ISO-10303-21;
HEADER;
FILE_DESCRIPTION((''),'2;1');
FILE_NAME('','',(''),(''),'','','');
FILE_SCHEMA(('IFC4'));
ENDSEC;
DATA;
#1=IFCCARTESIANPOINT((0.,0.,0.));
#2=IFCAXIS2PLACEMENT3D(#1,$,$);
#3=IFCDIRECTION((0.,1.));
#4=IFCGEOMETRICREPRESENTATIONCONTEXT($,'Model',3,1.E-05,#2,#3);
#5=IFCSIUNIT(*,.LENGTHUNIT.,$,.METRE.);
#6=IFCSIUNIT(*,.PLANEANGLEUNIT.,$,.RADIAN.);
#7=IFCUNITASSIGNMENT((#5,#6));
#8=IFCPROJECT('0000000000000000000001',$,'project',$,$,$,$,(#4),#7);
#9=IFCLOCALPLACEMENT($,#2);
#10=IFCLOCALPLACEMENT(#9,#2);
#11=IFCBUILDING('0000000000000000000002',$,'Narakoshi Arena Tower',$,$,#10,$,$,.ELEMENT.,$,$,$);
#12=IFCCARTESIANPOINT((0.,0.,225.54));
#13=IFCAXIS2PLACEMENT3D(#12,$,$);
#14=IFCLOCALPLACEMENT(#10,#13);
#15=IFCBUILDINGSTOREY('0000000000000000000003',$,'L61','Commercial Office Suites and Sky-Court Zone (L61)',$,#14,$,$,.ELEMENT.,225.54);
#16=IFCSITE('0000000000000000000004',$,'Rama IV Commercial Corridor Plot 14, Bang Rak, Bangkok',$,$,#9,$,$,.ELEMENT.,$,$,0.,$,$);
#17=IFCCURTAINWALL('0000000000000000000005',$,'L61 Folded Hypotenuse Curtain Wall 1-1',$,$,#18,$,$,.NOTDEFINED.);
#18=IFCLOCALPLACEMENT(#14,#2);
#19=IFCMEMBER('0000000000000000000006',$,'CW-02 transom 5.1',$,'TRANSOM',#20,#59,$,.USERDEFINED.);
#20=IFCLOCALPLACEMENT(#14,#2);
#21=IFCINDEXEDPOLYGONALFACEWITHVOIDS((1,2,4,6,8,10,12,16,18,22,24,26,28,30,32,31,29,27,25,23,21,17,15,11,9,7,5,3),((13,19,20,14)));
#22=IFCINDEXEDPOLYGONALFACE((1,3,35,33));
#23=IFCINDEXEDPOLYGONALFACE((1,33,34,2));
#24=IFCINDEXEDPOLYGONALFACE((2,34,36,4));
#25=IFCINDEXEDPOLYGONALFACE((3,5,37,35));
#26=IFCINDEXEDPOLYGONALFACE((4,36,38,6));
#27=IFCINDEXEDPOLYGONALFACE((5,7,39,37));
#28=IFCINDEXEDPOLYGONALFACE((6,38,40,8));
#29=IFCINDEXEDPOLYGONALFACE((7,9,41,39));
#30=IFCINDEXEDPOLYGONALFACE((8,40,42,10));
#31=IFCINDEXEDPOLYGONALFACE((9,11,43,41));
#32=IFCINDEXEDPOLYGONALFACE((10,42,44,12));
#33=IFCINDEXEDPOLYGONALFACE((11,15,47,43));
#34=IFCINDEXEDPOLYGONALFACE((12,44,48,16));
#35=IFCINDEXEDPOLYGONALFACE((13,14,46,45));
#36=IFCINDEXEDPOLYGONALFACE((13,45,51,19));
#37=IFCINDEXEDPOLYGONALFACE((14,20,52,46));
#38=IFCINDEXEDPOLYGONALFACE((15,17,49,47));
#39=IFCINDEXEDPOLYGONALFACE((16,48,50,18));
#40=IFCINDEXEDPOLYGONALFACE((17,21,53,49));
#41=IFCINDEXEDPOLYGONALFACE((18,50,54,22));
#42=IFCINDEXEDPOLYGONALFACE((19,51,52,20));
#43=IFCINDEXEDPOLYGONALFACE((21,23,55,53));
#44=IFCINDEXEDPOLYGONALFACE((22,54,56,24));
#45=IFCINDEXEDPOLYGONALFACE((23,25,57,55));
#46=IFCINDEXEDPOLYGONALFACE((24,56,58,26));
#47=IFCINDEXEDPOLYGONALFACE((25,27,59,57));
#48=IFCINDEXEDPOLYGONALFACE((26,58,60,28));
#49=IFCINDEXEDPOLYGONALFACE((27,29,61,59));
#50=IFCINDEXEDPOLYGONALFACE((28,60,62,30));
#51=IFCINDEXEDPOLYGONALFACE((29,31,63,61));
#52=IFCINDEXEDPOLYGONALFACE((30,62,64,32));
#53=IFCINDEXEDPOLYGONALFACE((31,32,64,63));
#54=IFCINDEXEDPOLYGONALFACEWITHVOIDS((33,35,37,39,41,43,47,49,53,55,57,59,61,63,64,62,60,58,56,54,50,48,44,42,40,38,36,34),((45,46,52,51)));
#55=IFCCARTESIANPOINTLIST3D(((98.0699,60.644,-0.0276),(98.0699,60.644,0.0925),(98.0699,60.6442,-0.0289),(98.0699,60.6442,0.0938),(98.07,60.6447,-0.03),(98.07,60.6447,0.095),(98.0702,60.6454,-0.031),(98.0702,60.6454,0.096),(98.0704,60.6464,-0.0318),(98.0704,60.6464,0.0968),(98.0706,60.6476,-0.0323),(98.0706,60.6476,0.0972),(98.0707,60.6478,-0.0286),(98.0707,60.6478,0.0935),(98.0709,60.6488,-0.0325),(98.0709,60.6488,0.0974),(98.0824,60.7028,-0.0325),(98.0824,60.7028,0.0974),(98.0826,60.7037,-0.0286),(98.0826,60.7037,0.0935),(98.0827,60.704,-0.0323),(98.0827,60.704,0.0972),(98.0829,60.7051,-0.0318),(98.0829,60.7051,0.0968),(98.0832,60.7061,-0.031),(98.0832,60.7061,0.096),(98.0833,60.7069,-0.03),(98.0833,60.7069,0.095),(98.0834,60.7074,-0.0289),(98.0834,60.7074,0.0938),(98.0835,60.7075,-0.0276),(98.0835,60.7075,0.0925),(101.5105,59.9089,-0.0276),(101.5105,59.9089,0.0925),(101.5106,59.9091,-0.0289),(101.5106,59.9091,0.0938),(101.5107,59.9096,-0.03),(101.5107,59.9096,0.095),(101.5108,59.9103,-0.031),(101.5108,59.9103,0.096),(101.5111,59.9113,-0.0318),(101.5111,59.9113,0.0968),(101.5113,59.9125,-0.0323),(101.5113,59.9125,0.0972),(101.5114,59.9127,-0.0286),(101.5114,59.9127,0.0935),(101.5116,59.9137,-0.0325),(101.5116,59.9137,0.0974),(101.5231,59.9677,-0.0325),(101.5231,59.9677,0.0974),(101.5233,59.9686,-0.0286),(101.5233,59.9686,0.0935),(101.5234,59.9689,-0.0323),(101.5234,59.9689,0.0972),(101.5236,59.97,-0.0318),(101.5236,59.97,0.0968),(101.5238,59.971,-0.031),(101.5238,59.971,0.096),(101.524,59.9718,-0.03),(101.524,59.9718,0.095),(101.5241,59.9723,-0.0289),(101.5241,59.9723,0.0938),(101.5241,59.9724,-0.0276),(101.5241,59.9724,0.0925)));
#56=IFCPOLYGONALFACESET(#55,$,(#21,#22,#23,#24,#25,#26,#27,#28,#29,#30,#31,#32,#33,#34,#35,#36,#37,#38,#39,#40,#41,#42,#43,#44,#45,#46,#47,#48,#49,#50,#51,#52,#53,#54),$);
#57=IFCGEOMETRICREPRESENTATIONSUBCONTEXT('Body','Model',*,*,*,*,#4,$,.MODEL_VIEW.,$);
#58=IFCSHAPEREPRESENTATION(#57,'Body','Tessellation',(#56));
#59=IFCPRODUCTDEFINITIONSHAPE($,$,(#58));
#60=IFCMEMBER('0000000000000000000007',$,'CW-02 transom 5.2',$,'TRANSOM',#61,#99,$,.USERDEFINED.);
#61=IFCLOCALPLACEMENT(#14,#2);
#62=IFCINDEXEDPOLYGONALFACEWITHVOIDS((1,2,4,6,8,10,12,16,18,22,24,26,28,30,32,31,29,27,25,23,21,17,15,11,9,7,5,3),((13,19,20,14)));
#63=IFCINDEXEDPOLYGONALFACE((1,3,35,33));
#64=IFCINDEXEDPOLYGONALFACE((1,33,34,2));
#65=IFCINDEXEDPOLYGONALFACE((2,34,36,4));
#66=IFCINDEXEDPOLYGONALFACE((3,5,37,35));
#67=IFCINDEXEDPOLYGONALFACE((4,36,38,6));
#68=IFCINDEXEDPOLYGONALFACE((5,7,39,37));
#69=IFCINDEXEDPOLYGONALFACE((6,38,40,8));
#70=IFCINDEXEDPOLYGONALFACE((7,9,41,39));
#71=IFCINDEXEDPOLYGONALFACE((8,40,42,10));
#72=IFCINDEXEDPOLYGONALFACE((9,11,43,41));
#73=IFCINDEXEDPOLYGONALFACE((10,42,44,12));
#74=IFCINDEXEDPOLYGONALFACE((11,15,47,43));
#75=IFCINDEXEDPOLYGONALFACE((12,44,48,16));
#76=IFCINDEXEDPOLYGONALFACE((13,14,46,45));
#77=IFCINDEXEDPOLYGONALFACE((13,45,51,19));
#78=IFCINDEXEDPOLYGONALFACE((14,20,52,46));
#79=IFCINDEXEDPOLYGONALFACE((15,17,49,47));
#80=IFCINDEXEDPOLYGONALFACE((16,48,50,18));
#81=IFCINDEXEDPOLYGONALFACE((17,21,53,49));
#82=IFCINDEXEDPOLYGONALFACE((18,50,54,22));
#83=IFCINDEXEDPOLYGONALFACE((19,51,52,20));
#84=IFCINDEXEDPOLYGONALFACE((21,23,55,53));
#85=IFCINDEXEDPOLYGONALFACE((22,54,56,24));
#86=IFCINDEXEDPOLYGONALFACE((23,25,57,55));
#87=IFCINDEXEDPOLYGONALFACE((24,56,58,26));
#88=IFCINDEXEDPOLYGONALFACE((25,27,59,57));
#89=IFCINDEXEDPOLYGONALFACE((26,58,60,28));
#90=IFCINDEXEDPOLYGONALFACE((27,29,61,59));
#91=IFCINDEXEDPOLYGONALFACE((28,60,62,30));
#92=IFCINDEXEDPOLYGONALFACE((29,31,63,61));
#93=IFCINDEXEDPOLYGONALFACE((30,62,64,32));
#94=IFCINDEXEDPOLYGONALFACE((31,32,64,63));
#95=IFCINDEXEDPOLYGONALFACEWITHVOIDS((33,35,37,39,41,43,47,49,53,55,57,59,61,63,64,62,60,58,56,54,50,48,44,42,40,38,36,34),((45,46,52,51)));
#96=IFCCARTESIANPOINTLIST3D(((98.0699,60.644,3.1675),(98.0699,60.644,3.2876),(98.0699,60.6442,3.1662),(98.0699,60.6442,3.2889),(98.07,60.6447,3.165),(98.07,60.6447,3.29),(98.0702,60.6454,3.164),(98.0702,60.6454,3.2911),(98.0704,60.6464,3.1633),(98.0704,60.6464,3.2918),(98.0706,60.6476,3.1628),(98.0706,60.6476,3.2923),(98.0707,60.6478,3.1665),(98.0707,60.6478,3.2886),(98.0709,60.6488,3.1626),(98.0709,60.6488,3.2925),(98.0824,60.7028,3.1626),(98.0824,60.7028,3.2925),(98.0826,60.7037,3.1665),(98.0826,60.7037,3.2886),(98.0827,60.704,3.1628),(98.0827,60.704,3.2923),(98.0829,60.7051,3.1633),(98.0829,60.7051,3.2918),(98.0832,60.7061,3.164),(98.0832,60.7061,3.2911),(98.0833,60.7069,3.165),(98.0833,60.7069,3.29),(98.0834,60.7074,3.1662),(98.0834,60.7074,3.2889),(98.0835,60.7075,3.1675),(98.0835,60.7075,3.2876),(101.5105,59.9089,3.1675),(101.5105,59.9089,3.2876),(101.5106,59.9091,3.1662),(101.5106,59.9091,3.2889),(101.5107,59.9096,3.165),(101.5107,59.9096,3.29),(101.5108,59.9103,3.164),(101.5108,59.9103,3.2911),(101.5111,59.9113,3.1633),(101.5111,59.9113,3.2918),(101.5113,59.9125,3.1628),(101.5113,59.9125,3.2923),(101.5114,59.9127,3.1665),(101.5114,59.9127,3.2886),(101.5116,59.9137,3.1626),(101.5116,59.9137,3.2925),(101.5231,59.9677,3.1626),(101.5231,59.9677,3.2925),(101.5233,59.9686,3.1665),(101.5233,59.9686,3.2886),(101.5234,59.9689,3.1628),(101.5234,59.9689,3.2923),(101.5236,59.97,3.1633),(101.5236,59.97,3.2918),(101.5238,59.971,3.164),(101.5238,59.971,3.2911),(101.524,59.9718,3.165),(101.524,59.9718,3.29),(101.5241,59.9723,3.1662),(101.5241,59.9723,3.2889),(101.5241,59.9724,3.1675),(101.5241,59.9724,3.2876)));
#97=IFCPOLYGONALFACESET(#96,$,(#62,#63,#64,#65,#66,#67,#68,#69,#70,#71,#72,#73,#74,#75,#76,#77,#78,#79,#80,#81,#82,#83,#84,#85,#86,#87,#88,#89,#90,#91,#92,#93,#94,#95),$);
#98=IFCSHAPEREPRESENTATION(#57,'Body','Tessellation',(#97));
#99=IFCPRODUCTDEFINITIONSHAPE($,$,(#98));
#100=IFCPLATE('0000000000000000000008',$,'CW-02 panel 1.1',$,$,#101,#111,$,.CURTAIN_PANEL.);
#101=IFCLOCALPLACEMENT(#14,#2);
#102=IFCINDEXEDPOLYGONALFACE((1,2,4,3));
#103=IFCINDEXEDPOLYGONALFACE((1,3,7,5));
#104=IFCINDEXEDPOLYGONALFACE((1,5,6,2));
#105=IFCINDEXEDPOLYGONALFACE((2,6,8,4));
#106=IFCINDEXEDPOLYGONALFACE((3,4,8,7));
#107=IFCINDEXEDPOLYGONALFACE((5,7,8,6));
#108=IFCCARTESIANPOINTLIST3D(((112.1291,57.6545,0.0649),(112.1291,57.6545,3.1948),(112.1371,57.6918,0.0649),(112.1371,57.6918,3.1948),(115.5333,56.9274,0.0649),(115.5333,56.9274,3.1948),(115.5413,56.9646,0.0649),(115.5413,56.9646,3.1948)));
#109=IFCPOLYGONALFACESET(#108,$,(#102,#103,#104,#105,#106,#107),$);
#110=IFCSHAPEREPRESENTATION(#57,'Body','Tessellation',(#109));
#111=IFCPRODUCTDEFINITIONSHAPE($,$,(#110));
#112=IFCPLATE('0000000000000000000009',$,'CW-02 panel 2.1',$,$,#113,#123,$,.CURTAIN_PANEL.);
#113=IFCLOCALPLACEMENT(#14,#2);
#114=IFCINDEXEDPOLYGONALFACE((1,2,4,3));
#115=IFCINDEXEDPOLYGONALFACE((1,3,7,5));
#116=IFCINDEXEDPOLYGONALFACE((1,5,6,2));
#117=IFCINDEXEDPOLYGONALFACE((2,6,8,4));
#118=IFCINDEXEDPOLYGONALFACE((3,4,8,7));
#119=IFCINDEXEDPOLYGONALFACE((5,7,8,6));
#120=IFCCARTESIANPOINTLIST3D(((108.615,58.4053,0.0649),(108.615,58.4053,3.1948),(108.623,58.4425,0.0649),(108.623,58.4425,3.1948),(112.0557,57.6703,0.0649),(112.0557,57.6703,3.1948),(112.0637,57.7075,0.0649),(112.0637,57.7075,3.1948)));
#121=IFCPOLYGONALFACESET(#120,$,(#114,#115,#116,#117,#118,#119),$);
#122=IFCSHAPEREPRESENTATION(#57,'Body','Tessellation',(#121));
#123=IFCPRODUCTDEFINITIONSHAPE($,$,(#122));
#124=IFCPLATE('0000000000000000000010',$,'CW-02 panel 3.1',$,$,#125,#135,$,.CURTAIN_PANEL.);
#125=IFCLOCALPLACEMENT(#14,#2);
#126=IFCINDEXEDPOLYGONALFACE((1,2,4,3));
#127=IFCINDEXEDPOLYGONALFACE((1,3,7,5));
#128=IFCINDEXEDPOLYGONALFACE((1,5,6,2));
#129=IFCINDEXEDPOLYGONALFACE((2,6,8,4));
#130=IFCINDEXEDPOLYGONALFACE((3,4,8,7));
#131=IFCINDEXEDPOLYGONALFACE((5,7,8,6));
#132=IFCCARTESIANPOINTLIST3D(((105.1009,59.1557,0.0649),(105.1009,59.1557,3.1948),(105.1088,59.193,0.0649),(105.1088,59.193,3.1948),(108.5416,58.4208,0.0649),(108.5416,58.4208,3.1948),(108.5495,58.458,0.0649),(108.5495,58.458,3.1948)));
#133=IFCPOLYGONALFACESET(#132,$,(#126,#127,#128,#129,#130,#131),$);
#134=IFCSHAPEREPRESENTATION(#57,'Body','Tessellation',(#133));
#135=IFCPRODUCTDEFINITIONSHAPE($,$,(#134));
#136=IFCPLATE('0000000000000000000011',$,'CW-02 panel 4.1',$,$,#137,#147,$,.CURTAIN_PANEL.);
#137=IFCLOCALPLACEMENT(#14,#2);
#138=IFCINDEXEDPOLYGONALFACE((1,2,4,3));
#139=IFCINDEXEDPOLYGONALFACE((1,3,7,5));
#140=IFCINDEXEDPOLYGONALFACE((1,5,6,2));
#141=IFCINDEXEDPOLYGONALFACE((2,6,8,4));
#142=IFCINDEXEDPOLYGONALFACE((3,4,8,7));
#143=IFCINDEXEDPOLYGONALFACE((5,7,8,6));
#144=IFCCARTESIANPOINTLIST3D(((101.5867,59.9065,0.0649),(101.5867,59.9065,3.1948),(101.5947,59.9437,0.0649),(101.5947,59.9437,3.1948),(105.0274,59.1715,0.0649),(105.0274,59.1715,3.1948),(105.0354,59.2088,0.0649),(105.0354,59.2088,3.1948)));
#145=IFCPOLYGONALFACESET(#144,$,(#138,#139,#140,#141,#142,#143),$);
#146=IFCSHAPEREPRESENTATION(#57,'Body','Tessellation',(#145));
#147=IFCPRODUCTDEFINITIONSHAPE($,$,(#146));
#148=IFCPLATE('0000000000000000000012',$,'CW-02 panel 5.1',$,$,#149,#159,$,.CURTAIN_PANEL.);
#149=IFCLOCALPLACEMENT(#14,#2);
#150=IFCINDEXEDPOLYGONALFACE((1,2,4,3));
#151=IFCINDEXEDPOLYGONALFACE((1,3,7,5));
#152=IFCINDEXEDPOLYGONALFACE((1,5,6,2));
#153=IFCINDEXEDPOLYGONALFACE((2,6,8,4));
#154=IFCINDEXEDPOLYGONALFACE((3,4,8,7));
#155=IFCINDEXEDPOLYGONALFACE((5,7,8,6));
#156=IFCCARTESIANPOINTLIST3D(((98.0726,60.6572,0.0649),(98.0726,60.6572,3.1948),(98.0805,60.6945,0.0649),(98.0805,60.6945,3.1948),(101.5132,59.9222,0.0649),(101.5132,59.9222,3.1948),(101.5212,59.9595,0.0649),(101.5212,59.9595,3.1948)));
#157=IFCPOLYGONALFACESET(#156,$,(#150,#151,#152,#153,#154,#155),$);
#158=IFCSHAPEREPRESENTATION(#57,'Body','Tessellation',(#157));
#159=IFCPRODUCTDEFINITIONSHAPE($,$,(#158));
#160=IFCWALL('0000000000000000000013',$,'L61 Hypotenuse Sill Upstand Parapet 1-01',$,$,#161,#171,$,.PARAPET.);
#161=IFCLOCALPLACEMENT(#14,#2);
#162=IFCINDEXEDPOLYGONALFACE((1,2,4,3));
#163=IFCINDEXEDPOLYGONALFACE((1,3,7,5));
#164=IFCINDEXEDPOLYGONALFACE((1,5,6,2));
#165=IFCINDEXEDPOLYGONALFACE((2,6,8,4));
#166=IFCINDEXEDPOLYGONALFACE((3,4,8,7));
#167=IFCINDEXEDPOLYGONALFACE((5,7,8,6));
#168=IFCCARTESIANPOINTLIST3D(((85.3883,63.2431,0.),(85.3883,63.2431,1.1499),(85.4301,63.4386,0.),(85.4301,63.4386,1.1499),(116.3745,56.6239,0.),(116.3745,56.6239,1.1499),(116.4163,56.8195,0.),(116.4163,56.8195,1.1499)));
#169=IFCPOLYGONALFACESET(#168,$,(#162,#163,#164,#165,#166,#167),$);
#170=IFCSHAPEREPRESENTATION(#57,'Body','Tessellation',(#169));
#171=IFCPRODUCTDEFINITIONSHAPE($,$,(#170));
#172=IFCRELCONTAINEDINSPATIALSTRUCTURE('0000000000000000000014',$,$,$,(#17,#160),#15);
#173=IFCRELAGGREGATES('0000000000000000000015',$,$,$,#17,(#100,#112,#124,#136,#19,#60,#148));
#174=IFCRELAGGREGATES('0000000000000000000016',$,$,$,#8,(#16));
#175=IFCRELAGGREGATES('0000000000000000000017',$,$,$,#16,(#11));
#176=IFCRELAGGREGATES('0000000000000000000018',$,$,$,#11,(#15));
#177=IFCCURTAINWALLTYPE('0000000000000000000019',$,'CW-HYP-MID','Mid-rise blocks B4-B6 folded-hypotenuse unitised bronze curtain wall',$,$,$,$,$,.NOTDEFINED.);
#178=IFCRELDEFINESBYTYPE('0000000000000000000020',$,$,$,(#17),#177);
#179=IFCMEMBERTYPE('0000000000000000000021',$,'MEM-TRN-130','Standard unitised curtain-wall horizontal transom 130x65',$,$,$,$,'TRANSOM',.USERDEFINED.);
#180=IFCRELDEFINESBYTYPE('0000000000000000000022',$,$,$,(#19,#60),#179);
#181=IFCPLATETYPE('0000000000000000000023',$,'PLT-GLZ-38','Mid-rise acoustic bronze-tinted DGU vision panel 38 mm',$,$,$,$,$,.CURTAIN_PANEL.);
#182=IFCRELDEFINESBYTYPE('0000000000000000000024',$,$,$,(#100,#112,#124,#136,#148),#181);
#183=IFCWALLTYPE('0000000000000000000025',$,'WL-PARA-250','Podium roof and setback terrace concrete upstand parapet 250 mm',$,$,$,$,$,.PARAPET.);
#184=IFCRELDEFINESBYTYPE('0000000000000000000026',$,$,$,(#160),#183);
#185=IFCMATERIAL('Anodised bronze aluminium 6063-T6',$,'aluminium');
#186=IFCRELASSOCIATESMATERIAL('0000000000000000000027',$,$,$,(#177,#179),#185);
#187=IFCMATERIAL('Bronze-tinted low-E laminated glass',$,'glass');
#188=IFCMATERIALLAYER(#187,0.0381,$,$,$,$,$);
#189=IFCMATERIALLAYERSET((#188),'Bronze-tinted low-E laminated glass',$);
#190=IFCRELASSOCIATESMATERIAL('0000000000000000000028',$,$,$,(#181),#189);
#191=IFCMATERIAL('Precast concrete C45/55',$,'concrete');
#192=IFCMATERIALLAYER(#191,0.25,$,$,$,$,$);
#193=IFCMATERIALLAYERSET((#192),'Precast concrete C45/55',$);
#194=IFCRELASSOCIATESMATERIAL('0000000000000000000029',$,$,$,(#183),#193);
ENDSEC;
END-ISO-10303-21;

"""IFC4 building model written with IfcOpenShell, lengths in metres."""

from ifc_helpers import new_model, si_unit, direction, frame, frame_2d, origin, origin_2d, place, context, subcontext, project, spatial, rectangle, hollow_rectangle, extrude, material, layer, layer_set, material_profile, profile_set, type_object, element, aggregate, save


model = new_model("IFC4")

# Units and contexts
model_context = context("Model", 3, precision=1e-05, world=origin(), true_north=direction((0.0, 1.0)))
body_context = subcontext(model_context, "Body", "Model", "MODEL_VIEW")
ifc_project = project(units=[si_unit("LENGTHUNIT", "METRE"), si_unit("PLANEANGLEUNIT", "RADIAN")], contexts=[model_context])

# Site, building, storey
site_placement = place(None, origin())
site = spatial("IfcSite", under=ifc_project, at=site_placement, Name="Rama IV Commercial Corridor Plot 14, Bang Rak, Bangkok", CompositionType="ELEMENT", RefElevation=0.0)
building_placement = place(site_placement, origin())
building = spatial("IfcBuilding", under=site, at=building_placement, Name="Narakoshi Arena Tower", CompositionType="ELEMENT")
storey_placement = place(building_placement, frame((0.0, 0.0, 225.54)))
storey = spatial("IfcBuildingStorey", under=building, at=storey_placement, Name="L61", Description="Commercial Office Suites and Sky-Court Zone (L61)", CompositionType="ELEMENT", Elevation=225.54)

# Curtain wall, members, plates
ifc_material_1 = material(Name="Anodised bronze aluminium 6063-T6", Category="aluminium")
curtain_wall_type = type_object("IfcCurtainWallType", Name="CW-HYP-MID", Description="Mid-rise blocks B4-B6 folded-hypotenuse unitised bronze curtain wall", PredefinedType="NOTDEFINED", material=ifc_material_1)
curtain_wall_placement = place(storey_placement, origin())
curtain_wall = element("IfcCurtainWall", 1, at=curtain_wall_placement, inside=storey, type_object=curtain_wall_type, Name="L61 Folded Hypotenuse Curtain Wall 1-1", PredefinedType="NOTDEFINED")
ifc_material_profile_1 = material_profile(ifc_material_1, hollow_rectangle(XDim=0.0649, YDim=0.1299, WallThickness=0.0039, OuterFilletRadius=0.0049, at=origin_2d()), Name="TRN130x65x4")
ifc_profile_set_1 = profile_set([ifc_material_profile_1], Name="Anodised bronze aluminium 6063-T6")
member_type_1 = type_object("IfcMemberType", Name="MEM-TRN-130", Description="Standard unitised curtain-wall horizontal transom 130x65", ElementType="TRANSOM", PredefinedType="USERDEFINED", material=ifc_profile_set_1)
member_1_placement = place(storey_placement, frame((101.5173, 59.9407, 0.0325), z_axis=(-0.977929, 0.208937, 0.0), x_axis=(-0.208937, -0.977929, 0.0)))
member_1 = element("IfcMember", 2, at=member_1_placement, type_object=member_type_1, Name="CW-02 transom 5.1", ObjectType="TRANSOM", PredefinedType="USERDEFINED", context=body_context, shape_type="SweptSolid", body=[
    extrude(hollow_rectangle(XDim=0.0649, YDim=0.1299, WallThickness=0.0039, OuterFilletRadius=0.0049, at=origin_2d()), origin(), (0.0, 0.0, 1.0), 3.5183),
])
member_2_placement = place(storey_placement, frame((101.5173, 59.9407, 3.2275), z_axis=(-0.977929, 0.208937, 0.0), x_axis=(-0.208937, -0.977929, 0.0)))
member_2 = element("IfcMember", 3, at=member_2_placement, type_object=member_type_1, Name="CW-02 transom 5.2", ObjectType="TRANSOM", PredefinedType="USERDEFINED", context=body_context, shape_type="SweptSolid", body=[
    extrude(hollow_rectangle(XDim=0.0649, YDim=0.1299, WallThickness=0.0039, OuterFilletRadius=0.0049, at=origin_2d()), origin(), (0.0, 0.0, 1.0), 3.5183),
])
ifc_material_2 = material(Name="Bronze-tinted low-E laminated glass", Category="glass")
ifc_layer_1 = layer(ifc_material_2, 0.0381)
ifc_layer_set_1 = layer_set([ifc_layer_1], Name="Bronze-tinted low-E laminated glass")
plate_type = type_object("IfcPlateType", Name="PLT-GLZ-38", Description="Mid-rise acoustic bronze-tinted DGU vision panel 38 mm", PredefinedType="CURTAIN_PANEL", material=ifc_layer_set_1)
plate_1_placement = place(storey_placement, frame((113.8352, 57.3096, 0.0649), z_axis=(0.0, 0.0, 1.0), x_axis=(-0.977937, 0.208899, 0.0)))
plate_1 = element("IfcPlate", 4, at=plate_1_placement, type_object=plate_type, Name="CW-02 panel 1.1", PredefinedType="CURTAIN_PANEL", context=body_context, shape_type="SweptSolid", body=[
    extrude(rectangle(XDim=3.481, YDim=0.0381, at=origin_2d()), origin(), (0.0, 0.0, 1.0), 3.1299),
])
plate_2_placement = place(storey_placement, frame((110.3394, 58.0564, 0.0649), z_axis=(0.0, 0.0, 1.0), x_axis=(-0.977937, 0.208899, 0.0)))
plate_2 = element("IfcPlate", 5, at=plate_2_placement, type_object=plate_type, Name="CW-02 panel 2.1", PredefinedType="CURTAIN_PANEL", context=body_context, shape_type="SweptSolid", body=[
    extrude(rectangle(XDim=3.5183, YDim=0.0381, at=origin_2d()), origin(), (0.0, 0.0, 1.0), 3.1299),
])
plate_3_placement = place(storey_placement, frame((106.8252, 58.8069, 0.0649), z_axis=(0.0, 0.0, 1.0), x_axis=(-0.977937, 0.208899, 0.0)))
plate_3 = element("IfcPlate", 6, at=plate_3_placement, type_object=plate_type, Name="CW-02 panel 3.1", PredefinedType="CURTAIN_PANEL", context=body_context, shape_type="SweptSolid", body=[
    extrude(rectangle(XDim=3.5183, YDim=0.0381, at=origin_2d()), origin(), (0.0, 0.0, 1.0), 3.1299),
])
plate_4_placement = place(storey_placement, frame((103.311, 59.5576, 0.0649), z_axis=(0.0, 0.0, 1.0), x_axis=(-0.977937, 0.208899, 0.0)))
plate_4 = element("IfcPlate", 7, at=plate_4_placement, type_object=plate_type, Name="CW-02 panel 4.1", PredefinedType="CURTAIN_PANEL", context=body_context, shape_type="SweptSolid", body=[
    extrude(rectangle(XDim=3.5183, YDim=0.0381, at=origin_2d()), origin(), (0.0, 0.0, 1.0), 3.1299),
])
plate_5_placement = place(storey_placement, frame((99.7969, 60.3083, 0.0649), z_axis=(0.0, 0.0, 1.0), x_axis=(-0.977937, 0.208899, 0.0)))
plate_5 = element("IfcPlate", 8, at=plate_5_placement, type_object=plate_type, Name="CW-02 panel 5.1", PredefinedType="CURTAIN_PANEL", context=body_context, shape_type="SweptSolid", body=[
    extrude(rectangle(XDim=3.5183, YDim=0.0381, at=origin_2d()), origin(), (0.0, 0.0, 1.0), 3.1299),
])
aggregate(curtain_wall, [plate_1, plate_2, plate_3, plate_4, member_1, member_2, plate_5])

# Wall
ifc_material_3 = material(Name="Precast concrete C45/55", Category="concrete")
ifc_layer_2 = layer(ifc_material_3, 0.25)
ifc_layer_set_2 = layer_set([ifc_layer_2], Name="Precast concrete C45/55")
wall_type_1 = type_object("IfcWallType", Name="WL-PARA-250", Description="Podium roof and setback terrace concrete upstand parapet 250 mm", PredefinedType="PARAPET", material=ifc_layer_set_2)
wall_1_placement = place(storey_placement, frame((116.3955, 56.7217, 0.0), z_axis=(0.0, 0.0, 1.0), x_axis=(-0.977937, 0.208902, 0.0)))
element("IfcWall", 9, at=wall_1_placement, inside=storey, type_object=wall_type_1, Name="L61 Hypotenuse Sill Upstand Parapet 1-01", PredefinedType="PARAPET", context=body_context, shape_type="SweptSolid", body=[
    extrude(rectangle(XDim=31.6853, YDim=0.2, at=frame_2d((15.8428, 0.0))), origin(), (0.0, 0.0, 1.0), 1.1499),
])

save(model, "model.ifc")
